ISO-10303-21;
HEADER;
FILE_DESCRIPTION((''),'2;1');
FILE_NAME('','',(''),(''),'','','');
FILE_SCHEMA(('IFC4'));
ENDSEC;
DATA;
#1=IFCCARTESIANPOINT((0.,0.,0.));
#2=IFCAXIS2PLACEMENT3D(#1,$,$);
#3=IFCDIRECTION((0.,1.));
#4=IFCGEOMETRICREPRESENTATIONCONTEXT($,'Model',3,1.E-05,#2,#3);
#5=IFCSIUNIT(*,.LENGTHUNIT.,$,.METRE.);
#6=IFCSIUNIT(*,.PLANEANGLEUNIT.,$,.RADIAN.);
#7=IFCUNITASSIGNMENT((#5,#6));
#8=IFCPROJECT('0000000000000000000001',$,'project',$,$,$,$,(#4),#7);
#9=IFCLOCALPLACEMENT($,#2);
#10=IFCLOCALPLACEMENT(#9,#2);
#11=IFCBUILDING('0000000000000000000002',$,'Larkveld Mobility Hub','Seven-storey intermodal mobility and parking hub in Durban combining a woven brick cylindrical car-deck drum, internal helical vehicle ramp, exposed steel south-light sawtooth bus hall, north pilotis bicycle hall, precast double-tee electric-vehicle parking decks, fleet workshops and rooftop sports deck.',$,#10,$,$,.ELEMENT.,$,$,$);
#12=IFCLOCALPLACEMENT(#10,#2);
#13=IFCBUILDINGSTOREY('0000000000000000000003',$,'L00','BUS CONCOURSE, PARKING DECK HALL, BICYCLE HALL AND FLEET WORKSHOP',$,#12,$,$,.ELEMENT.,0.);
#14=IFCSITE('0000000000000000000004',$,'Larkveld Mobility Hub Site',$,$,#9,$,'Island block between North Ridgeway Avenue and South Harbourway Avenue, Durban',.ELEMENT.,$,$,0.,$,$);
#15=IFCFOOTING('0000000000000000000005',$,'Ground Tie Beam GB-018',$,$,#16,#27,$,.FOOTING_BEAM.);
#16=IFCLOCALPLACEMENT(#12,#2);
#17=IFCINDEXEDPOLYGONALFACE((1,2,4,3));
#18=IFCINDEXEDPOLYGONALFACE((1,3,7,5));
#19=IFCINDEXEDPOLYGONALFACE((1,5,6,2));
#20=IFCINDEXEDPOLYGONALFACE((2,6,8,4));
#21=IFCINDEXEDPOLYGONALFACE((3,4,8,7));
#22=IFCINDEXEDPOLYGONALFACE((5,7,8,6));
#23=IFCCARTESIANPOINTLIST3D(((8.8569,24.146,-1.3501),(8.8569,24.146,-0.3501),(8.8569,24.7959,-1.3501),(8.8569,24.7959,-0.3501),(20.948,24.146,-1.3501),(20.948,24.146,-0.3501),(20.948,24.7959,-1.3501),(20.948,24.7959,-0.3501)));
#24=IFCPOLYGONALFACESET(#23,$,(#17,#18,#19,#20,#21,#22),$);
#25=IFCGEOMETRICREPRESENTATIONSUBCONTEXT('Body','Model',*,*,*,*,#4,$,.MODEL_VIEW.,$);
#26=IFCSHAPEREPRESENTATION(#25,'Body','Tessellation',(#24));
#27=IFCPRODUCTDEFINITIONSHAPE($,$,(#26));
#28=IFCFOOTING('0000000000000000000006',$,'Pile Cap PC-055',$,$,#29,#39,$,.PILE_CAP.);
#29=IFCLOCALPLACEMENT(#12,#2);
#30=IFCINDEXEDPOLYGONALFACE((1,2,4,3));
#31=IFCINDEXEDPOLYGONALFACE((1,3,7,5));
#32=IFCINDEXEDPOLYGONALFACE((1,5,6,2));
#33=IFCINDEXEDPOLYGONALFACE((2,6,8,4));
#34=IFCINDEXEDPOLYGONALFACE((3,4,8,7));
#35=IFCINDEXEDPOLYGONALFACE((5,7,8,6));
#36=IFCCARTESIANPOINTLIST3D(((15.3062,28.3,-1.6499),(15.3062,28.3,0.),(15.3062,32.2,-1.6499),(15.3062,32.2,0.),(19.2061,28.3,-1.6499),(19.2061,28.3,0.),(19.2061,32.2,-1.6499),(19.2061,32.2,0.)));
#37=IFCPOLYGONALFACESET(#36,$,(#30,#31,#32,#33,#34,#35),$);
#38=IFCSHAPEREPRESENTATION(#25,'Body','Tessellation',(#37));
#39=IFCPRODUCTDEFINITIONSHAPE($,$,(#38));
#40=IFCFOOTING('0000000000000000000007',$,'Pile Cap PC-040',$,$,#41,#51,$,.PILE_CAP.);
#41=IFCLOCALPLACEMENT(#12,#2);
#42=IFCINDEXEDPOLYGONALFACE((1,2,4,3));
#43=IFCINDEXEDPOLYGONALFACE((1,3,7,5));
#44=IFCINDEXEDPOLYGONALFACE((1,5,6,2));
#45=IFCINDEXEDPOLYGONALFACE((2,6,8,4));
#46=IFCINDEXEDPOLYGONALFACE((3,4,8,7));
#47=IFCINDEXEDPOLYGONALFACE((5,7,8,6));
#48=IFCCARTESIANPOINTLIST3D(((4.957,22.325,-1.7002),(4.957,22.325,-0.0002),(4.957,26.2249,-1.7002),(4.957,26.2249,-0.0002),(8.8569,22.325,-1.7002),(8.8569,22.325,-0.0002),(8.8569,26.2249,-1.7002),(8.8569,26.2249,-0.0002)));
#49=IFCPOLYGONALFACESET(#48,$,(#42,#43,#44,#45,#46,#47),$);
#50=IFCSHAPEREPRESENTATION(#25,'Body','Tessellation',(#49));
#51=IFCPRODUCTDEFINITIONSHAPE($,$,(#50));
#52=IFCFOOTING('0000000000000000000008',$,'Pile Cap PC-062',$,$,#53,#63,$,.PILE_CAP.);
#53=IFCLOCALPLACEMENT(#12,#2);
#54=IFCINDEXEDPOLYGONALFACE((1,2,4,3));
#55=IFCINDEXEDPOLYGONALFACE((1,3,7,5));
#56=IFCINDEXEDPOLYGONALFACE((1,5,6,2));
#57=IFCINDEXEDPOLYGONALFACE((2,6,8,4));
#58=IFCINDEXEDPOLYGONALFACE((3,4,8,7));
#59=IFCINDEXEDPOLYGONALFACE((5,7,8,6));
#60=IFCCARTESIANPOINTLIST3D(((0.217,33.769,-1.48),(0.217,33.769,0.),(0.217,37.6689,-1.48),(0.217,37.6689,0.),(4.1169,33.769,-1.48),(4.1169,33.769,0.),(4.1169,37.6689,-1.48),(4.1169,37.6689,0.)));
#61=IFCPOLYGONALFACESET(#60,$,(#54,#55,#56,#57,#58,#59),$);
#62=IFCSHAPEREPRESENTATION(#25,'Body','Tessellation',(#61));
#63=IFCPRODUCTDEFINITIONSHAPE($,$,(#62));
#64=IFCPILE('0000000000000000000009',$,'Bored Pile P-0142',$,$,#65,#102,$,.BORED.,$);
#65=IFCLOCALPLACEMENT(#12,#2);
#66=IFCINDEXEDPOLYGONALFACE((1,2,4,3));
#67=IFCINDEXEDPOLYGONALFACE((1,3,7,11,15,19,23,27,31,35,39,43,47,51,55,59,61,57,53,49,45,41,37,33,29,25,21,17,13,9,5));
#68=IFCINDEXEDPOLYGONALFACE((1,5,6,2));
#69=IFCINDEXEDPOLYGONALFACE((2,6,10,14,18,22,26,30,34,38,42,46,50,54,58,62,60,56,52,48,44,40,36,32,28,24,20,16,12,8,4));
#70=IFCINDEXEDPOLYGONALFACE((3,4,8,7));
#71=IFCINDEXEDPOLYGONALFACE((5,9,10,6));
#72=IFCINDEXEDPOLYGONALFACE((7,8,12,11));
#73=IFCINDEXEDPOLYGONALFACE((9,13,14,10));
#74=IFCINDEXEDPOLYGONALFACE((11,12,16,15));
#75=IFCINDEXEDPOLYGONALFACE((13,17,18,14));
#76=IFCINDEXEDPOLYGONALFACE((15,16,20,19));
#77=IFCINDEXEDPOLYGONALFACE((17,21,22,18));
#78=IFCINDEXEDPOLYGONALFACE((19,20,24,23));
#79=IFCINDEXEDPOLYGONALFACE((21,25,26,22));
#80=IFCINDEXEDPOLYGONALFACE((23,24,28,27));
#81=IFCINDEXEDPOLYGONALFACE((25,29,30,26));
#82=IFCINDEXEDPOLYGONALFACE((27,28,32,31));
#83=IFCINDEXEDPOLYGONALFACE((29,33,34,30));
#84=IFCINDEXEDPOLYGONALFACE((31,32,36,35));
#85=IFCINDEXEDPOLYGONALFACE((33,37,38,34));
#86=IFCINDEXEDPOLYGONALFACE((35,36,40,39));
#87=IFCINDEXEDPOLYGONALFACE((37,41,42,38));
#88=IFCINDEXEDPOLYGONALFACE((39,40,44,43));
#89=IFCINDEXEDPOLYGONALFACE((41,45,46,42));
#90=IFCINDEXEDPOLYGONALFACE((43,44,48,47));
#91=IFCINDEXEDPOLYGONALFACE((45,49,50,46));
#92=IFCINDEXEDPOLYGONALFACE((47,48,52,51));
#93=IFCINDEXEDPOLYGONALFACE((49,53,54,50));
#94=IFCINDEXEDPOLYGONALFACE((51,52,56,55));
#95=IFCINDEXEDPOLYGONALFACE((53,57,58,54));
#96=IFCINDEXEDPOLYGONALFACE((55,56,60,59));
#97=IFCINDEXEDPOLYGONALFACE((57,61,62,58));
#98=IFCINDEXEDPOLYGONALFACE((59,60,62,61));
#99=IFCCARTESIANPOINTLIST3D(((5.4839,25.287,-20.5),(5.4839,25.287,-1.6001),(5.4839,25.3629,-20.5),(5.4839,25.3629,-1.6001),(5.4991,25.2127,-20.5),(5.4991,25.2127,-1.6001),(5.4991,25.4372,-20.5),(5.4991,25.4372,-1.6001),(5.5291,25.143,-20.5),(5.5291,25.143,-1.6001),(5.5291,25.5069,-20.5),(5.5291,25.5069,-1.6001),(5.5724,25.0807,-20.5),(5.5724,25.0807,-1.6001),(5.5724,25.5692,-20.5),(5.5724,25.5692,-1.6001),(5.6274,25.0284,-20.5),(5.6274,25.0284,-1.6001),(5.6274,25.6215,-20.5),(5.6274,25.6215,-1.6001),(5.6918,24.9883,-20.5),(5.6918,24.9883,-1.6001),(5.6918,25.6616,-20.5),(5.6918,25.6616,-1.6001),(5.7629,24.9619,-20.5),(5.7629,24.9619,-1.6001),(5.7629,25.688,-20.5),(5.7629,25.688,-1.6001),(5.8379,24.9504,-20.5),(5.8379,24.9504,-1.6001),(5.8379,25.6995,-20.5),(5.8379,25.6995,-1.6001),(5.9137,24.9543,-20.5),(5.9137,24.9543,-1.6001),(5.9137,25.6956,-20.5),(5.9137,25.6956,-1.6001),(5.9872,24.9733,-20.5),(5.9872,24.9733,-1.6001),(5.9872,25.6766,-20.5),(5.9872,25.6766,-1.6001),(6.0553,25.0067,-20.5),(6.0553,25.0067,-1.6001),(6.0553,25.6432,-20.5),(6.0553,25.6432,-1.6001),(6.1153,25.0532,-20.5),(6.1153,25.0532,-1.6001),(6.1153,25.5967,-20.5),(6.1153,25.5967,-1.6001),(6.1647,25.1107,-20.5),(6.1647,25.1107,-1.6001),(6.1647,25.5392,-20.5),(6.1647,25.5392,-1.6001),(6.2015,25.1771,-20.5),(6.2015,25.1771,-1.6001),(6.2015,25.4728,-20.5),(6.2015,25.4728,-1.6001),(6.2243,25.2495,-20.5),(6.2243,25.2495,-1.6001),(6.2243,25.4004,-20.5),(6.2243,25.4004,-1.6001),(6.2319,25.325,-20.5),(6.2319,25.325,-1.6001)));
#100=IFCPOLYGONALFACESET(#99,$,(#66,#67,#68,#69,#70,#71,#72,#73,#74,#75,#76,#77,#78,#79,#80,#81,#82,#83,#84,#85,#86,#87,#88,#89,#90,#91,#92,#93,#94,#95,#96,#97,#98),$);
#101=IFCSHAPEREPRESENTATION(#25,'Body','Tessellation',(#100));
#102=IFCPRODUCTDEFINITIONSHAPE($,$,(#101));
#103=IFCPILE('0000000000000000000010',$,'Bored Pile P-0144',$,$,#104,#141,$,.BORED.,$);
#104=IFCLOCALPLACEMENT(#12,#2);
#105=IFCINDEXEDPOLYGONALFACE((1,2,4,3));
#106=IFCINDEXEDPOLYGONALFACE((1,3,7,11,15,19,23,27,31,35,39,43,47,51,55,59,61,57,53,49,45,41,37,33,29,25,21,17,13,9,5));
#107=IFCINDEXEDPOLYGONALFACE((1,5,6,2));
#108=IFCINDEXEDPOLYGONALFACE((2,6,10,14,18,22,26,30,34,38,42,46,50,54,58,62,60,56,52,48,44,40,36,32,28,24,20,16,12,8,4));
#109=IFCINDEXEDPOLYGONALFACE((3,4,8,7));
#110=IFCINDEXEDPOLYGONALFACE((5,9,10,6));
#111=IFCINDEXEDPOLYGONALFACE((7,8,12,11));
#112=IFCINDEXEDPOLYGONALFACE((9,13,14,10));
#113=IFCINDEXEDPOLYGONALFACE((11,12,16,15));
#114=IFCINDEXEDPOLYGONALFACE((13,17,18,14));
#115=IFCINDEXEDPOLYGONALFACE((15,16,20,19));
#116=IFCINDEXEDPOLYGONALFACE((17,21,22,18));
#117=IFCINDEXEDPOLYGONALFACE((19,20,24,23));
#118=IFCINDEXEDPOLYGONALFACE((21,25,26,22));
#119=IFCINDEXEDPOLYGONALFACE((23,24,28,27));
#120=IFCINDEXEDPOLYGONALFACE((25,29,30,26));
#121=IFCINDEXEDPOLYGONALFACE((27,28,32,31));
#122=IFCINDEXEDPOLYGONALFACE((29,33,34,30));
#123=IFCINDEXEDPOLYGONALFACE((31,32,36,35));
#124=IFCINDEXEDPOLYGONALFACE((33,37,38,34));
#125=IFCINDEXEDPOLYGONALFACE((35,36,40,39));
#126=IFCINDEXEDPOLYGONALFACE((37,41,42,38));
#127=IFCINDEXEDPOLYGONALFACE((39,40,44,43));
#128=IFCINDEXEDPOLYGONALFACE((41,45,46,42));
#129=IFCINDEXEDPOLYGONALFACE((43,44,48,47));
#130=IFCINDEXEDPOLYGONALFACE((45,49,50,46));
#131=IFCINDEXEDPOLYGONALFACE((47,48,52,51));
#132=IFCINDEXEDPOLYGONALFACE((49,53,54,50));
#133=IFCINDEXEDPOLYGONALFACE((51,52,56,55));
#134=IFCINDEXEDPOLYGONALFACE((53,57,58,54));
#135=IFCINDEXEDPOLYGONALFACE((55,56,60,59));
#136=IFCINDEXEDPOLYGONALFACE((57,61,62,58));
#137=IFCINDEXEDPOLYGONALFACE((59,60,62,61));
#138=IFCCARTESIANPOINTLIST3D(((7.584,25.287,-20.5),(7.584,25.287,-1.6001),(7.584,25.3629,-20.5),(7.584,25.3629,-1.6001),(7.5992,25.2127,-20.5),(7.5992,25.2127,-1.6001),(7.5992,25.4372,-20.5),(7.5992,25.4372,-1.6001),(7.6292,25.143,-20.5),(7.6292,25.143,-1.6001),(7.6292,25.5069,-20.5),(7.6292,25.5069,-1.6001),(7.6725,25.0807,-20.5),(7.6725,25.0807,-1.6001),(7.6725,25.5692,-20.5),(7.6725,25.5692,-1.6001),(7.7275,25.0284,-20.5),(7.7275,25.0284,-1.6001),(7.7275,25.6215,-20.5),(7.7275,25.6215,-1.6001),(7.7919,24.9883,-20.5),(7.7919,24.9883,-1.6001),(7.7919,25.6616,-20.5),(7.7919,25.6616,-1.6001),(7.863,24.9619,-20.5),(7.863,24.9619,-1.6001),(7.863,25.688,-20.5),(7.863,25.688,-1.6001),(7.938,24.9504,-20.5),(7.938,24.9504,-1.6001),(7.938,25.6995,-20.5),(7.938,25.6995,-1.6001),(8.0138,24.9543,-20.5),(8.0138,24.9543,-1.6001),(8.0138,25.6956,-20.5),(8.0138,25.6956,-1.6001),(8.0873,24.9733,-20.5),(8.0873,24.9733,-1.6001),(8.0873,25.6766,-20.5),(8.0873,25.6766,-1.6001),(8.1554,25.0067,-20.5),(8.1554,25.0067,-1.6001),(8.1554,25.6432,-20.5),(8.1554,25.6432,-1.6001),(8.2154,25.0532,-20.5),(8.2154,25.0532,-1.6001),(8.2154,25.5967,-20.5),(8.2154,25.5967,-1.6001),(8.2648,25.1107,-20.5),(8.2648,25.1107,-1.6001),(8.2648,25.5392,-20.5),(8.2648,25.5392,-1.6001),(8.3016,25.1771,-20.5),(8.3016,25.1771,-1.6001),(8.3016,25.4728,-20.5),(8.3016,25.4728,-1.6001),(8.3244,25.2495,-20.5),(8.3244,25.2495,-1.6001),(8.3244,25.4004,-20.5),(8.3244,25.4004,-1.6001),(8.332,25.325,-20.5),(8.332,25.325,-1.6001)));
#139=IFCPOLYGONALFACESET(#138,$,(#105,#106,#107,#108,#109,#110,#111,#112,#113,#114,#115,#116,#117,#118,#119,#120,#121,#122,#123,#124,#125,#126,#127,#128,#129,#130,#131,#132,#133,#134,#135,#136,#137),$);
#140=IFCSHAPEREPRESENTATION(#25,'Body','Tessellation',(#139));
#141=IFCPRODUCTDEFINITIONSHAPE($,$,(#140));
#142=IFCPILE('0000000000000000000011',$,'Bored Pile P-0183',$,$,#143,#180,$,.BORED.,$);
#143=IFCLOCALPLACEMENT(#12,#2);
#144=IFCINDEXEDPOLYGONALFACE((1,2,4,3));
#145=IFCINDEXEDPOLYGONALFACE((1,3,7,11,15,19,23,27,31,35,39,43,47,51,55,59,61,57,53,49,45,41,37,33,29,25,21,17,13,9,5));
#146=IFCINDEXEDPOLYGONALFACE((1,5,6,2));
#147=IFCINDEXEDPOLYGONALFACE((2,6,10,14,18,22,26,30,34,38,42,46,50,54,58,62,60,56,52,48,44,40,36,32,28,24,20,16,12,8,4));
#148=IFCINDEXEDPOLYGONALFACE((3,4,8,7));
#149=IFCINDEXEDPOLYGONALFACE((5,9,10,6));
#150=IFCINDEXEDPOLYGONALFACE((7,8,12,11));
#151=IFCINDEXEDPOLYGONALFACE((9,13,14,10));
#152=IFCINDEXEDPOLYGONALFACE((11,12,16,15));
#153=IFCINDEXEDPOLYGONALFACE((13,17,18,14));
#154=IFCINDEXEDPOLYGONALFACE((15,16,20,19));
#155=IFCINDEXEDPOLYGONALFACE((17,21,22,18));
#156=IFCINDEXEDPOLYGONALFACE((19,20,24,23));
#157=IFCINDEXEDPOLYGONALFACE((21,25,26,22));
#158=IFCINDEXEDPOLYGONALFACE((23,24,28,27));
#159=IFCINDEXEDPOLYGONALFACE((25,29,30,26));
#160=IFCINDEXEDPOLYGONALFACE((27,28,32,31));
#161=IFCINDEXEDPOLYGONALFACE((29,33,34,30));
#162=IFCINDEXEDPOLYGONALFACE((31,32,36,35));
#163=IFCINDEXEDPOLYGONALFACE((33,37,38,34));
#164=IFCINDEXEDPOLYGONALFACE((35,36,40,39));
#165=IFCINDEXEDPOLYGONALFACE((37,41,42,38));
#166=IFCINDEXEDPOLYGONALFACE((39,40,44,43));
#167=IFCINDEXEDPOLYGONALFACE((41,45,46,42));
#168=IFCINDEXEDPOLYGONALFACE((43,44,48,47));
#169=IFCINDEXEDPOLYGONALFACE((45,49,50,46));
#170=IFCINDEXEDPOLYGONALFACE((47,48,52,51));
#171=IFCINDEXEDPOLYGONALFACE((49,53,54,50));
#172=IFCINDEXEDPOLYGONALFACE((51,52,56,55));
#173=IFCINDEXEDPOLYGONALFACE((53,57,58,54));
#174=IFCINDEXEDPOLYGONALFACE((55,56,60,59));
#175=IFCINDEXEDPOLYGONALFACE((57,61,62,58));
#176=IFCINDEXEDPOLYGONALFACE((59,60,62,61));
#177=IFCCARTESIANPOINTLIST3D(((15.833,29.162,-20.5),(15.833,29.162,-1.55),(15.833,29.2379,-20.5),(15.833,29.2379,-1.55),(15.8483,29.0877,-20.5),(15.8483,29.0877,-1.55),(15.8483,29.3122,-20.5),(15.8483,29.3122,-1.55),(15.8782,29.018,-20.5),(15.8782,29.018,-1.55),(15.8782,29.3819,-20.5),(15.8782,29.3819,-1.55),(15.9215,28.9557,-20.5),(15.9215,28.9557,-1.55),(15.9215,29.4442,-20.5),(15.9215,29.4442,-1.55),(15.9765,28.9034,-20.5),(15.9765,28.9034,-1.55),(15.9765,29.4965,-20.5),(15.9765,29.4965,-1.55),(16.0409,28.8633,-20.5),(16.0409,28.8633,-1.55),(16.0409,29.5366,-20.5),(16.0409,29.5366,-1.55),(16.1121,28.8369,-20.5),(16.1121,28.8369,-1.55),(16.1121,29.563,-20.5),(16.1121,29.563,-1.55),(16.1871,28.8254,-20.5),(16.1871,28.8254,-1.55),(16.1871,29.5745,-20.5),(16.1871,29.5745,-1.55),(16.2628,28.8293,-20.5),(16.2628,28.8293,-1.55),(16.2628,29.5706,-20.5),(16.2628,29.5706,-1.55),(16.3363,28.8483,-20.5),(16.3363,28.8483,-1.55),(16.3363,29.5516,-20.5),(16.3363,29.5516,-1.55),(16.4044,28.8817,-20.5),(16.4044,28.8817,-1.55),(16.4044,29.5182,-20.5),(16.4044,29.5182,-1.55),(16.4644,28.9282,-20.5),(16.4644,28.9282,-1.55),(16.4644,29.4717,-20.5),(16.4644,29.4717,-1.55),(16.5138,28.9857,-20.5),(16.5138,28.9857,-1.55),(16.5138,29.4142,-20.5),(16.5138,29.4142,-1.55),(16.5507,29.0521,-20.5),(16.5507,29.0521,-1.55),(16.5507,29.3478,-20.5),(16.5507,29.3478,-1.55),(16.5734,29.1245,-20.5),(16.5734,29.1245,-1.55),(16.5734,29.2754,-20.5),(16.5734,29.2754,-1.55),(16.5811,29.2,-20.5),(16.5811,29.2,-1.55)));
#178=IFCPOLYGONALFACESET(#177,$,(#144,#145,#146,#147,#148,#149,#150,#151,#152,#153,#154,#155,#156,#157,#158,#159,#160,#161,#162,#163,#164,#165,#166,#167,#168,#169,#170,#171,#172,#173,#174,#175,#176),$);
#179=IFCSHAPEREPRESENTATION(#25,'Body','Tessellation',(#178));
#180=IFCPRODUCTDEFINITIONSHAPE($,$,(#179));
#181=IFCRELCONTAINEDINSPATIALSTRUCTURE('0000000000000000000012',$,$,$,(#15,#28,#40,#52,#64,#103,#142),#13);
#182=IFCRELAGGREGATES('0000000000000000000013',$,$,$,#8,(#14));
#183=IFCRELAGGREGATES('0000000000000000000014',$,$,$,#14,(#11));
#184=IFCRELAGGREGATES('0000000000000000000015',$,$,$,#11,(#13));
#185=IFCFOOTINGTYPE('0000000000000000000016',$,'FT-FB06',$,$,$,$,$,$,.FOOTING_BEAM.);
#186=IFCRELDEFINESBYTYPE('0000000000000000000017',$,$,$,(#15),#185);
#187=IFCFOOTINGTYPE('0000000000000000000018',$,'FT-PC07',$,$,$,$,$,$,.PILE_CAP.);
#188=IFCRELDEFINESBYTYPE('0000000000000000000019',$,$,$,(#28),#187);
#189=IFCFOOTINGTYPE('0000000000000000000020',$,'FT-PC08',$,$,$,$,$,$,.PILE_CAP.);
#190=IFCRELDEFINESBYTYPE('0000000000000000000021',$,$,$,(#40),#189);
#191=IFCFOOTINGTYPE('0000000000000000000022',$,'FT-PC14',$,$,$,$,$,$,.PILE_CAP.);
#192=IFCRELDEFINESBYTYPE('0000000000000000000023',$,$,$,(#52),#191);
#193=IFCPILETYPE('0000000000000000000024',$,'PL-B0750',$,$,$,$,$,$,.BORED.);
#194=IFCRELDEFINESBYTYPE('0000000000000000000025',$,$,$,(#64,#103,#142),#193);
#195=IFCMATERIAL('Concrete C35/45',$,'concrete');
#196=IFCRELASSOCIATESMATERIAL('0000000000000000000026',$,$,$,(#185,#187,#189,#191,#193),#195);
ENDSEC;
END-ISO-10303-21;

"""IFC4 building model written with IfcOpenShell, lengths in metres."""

from ifc_helpers import new_model, si_unit, direction, frame, origin, origin_2d, place, context, subcontext, project, spatial, rectangle, circle, extrude, material, material_profile, profile_set, type_object, element, save


model = new_model("IFC4")

# Units and contexts
model_context = context("Model", 3, precision=1e-05, world=origin(), true_north=direction((0.0, 1.0)))
body_context = subcontext(model_context, "Body", "Model", "MODEL_VIEW")
ifc_project = project(units=[si_unit("LENGTHUNIT", "METRE"), si_unit("PLANEANGLEUNIT", "RADIAN")], contexts=[model_context])

# Site, building, storey
site_placement = place(None, origin())
site = spatial("IfcSite", under=ifc_project, at=site_placement, Name="Larkveld Mobility Hub Site", LongName="Island block between North Ridgeway Avenue and South Harbourway Avenue, Durban", CompositionType="ELEMENT", RefElevation=0.0)
building_placement = place(site_placement, origin())
building = spatial("IfcBuilding", under=site, at=building_placement, Name="Larkveld Mobility Hub", Description="Seven-storey intermodal mobility and parking hub in Durban combining a woven brick cylindrical car-deck drum, internal helical vehicle ramp, exposed steel south-light sawtooth bus hall, north pilotis bicycle hall, precast double-tee electric-vehicle parking decks, fleet workshops and rooftop sports deck.", CompositionType="ELEMENT")
storey_placement = place(building_placement, origin())
storey = spatial("IfcBuildingStorey", under=building, at=storey_placement, Name="L00", Description="BUS CONCOURSE, PARKING DECK HALL, BICYCLE HALL AND FLEET WORKSHOP", CompositionType="ELEMENT", Elevation=0.0)

# Footings
ifc_material_1 = material(Name="Concrete C35/45", Category="concrete")
ifc_material_profile_1 = material_profile(ifc_material_1, rectangle(XDim=0.6499, YDim=1.0, at=origin_2d()), Name="RC BM 650x1000")
ifc_profile_set_1 = profile_set([ifc_material_profile_1], Name="Concrete C35/45")
footing_type_1 = type_object("IfcFootingType", Name="FT-FB06", PredefinedType="FOOTING_BEAM", material=ifc_profile_set_1)
footing_1_placement = place(storey_placement, frame((8.8569, 24.4709, -0.8501), z_axis=(1.0, 0.0, 0.0), x_axis=(0.0, 1.0, 0.0)))
element("IfcFooting", 1, at=footing_1_placement, inside=storey, type_object=footing_type_1, Name="Ground Tie Beam GB-018", PredefinedType="FOOTING_BEAM", context=body_context, shape_type="SweptSolid", body=[
    extrude(rectangle(XDim=0.6499, YDim=1.0, at=origin_2d()), origin(), (0.0, 0.0, 1.0), 12.0911),
])
footing_type_2 = type_object("IfcFootingType", Name="FT-PC07", PredefinedType="PILE_CAP", material=ifc_material_1)
footing_2_placement = place(storey_placement, frame((17.2561, 30.25, -1.6499), z_axis=(0.0, 0.0, 1.0), x_axis=(1.0, 0.0, 0.0)))
element("IfcFooting", 2, at=footing_2_placement, inside=storey, type_object=footing_type_2, Name="Pile Cap PC-055", PredefinedType="PILE_CAP", context=body_context, shape_type="SweptSolid", body=[
    extrude(rectangle(XDim=3.8999, YDim=3.8999, at=origin_2d()), origin(), (0.0, 0.0, 1.0), 1.6499),
])
footing_type_3 = type_object("IfcFootingType", Name="FT-PC08", PredefinedType="PILE_CAP", material=ifc_material_1)
footing_3_placement = place(storey_placement, frame((6.907, 24.2749, -1.7002), z_axis=(0.0, 0.0, 1.0), x_axis=(1.0, 0.0, 0.0)))
element("IfcFooting", 3, at=footing_3_placement, inside=storey, type_object=footing_type_3, Name="Pile Cap PC-040", PredefinedType="PILE_CAP", context=body_context, shape_type="SweptSolid", body=[
    extrude(rectangle(XDim=3.8999, YDim=3.8999, at=origin_2d()), origin(), (0.0, 0.0, 1.0), 1.7),
])
footing_type_4 = type_object("IfcFootingType", Name="FT-PC14", PredefinedType="PILE_CAP", material=ifc_material_1)
footing_4_placement = place(storey_placement, frame((2.167, 35.719, -1.48), z_axis=(0.0, 0.0, 1.0), x_axis=(1.0, 0.0, 0.0)))
element("IfcFooting", 4, at=footing_4_placement, inside=storey, type_object=footing_type_4, Name="Pile Cap PC-062", PredefinedType="PILE_CAP", context=body_context, shape_type="SweptSolid", body=[
    extrude(rectangle(XDim=3.8999, YDim=3.8999, at=origin_2d()), origin(), (0.0, 0.0, 1.0), 1.48),
])

# Piles
ifc_material_profile_2 = material_profile(ifc_material_1, circle(Radius=0.375, at=origin_2d()), Name="PILE D750")
ifc_profile_set_2 = profile_set([ifc_material_profile_2], Name="Concrete C35/45")
pile_type = type_object("IfcPileType", Name="PL-B0750", PredefinedType="BORED", material=ifc_profile_set_2)
for number, where, z_axis, x_axis, name in (
    (5, (5.8569, 25.325, -1.6001), (0.0, 0.0, -1.0), (1.0, 0.0, 0.0), "Bored Pile P-0142"),
    (6, (7.957, 25.325, -1.6001), (0.0, 0.0, -1.0), (1.0, 0.0, 0.0), "Bored Pile P-0144"),
):
    element("IfcPile", number, at=place(storey_placement, frame(where, z_axis=z_axis, x_axis=x_axis)), inside=storey, type_object=pile_type, Name=name, PredefinedType="BORED", context=body_context, shape_type="SweptSolid", body=[
        extrude(circle(Radius=0.375, at=origin_2d()), origin(), (0.0, 0.0, 1.0), 18.8999),
    ])
for number, where, z_axis, x_axis, name in (
    (7, (16.2061, 29.2, -1.55), (0.0, 0.0, -1.0), (1.0, 0.0, 0.0), "Bored Pile P-0183"),
):
    element("IfcPile", number, at=place(storey_placement, frame(where, z_axis=z_axis, x_axis=x_axis)), inside=storey, type_object=pile_type, Name=name, PredefinedType="BORED", context=body_context, shape_type="SweptSolid", body=[
        extrude(circle(Radius=0.375, at=origin_2d()), origin(), (0.0, 0.0, 1.0), 18.95),
    ])

save(model, "model.ifc")
